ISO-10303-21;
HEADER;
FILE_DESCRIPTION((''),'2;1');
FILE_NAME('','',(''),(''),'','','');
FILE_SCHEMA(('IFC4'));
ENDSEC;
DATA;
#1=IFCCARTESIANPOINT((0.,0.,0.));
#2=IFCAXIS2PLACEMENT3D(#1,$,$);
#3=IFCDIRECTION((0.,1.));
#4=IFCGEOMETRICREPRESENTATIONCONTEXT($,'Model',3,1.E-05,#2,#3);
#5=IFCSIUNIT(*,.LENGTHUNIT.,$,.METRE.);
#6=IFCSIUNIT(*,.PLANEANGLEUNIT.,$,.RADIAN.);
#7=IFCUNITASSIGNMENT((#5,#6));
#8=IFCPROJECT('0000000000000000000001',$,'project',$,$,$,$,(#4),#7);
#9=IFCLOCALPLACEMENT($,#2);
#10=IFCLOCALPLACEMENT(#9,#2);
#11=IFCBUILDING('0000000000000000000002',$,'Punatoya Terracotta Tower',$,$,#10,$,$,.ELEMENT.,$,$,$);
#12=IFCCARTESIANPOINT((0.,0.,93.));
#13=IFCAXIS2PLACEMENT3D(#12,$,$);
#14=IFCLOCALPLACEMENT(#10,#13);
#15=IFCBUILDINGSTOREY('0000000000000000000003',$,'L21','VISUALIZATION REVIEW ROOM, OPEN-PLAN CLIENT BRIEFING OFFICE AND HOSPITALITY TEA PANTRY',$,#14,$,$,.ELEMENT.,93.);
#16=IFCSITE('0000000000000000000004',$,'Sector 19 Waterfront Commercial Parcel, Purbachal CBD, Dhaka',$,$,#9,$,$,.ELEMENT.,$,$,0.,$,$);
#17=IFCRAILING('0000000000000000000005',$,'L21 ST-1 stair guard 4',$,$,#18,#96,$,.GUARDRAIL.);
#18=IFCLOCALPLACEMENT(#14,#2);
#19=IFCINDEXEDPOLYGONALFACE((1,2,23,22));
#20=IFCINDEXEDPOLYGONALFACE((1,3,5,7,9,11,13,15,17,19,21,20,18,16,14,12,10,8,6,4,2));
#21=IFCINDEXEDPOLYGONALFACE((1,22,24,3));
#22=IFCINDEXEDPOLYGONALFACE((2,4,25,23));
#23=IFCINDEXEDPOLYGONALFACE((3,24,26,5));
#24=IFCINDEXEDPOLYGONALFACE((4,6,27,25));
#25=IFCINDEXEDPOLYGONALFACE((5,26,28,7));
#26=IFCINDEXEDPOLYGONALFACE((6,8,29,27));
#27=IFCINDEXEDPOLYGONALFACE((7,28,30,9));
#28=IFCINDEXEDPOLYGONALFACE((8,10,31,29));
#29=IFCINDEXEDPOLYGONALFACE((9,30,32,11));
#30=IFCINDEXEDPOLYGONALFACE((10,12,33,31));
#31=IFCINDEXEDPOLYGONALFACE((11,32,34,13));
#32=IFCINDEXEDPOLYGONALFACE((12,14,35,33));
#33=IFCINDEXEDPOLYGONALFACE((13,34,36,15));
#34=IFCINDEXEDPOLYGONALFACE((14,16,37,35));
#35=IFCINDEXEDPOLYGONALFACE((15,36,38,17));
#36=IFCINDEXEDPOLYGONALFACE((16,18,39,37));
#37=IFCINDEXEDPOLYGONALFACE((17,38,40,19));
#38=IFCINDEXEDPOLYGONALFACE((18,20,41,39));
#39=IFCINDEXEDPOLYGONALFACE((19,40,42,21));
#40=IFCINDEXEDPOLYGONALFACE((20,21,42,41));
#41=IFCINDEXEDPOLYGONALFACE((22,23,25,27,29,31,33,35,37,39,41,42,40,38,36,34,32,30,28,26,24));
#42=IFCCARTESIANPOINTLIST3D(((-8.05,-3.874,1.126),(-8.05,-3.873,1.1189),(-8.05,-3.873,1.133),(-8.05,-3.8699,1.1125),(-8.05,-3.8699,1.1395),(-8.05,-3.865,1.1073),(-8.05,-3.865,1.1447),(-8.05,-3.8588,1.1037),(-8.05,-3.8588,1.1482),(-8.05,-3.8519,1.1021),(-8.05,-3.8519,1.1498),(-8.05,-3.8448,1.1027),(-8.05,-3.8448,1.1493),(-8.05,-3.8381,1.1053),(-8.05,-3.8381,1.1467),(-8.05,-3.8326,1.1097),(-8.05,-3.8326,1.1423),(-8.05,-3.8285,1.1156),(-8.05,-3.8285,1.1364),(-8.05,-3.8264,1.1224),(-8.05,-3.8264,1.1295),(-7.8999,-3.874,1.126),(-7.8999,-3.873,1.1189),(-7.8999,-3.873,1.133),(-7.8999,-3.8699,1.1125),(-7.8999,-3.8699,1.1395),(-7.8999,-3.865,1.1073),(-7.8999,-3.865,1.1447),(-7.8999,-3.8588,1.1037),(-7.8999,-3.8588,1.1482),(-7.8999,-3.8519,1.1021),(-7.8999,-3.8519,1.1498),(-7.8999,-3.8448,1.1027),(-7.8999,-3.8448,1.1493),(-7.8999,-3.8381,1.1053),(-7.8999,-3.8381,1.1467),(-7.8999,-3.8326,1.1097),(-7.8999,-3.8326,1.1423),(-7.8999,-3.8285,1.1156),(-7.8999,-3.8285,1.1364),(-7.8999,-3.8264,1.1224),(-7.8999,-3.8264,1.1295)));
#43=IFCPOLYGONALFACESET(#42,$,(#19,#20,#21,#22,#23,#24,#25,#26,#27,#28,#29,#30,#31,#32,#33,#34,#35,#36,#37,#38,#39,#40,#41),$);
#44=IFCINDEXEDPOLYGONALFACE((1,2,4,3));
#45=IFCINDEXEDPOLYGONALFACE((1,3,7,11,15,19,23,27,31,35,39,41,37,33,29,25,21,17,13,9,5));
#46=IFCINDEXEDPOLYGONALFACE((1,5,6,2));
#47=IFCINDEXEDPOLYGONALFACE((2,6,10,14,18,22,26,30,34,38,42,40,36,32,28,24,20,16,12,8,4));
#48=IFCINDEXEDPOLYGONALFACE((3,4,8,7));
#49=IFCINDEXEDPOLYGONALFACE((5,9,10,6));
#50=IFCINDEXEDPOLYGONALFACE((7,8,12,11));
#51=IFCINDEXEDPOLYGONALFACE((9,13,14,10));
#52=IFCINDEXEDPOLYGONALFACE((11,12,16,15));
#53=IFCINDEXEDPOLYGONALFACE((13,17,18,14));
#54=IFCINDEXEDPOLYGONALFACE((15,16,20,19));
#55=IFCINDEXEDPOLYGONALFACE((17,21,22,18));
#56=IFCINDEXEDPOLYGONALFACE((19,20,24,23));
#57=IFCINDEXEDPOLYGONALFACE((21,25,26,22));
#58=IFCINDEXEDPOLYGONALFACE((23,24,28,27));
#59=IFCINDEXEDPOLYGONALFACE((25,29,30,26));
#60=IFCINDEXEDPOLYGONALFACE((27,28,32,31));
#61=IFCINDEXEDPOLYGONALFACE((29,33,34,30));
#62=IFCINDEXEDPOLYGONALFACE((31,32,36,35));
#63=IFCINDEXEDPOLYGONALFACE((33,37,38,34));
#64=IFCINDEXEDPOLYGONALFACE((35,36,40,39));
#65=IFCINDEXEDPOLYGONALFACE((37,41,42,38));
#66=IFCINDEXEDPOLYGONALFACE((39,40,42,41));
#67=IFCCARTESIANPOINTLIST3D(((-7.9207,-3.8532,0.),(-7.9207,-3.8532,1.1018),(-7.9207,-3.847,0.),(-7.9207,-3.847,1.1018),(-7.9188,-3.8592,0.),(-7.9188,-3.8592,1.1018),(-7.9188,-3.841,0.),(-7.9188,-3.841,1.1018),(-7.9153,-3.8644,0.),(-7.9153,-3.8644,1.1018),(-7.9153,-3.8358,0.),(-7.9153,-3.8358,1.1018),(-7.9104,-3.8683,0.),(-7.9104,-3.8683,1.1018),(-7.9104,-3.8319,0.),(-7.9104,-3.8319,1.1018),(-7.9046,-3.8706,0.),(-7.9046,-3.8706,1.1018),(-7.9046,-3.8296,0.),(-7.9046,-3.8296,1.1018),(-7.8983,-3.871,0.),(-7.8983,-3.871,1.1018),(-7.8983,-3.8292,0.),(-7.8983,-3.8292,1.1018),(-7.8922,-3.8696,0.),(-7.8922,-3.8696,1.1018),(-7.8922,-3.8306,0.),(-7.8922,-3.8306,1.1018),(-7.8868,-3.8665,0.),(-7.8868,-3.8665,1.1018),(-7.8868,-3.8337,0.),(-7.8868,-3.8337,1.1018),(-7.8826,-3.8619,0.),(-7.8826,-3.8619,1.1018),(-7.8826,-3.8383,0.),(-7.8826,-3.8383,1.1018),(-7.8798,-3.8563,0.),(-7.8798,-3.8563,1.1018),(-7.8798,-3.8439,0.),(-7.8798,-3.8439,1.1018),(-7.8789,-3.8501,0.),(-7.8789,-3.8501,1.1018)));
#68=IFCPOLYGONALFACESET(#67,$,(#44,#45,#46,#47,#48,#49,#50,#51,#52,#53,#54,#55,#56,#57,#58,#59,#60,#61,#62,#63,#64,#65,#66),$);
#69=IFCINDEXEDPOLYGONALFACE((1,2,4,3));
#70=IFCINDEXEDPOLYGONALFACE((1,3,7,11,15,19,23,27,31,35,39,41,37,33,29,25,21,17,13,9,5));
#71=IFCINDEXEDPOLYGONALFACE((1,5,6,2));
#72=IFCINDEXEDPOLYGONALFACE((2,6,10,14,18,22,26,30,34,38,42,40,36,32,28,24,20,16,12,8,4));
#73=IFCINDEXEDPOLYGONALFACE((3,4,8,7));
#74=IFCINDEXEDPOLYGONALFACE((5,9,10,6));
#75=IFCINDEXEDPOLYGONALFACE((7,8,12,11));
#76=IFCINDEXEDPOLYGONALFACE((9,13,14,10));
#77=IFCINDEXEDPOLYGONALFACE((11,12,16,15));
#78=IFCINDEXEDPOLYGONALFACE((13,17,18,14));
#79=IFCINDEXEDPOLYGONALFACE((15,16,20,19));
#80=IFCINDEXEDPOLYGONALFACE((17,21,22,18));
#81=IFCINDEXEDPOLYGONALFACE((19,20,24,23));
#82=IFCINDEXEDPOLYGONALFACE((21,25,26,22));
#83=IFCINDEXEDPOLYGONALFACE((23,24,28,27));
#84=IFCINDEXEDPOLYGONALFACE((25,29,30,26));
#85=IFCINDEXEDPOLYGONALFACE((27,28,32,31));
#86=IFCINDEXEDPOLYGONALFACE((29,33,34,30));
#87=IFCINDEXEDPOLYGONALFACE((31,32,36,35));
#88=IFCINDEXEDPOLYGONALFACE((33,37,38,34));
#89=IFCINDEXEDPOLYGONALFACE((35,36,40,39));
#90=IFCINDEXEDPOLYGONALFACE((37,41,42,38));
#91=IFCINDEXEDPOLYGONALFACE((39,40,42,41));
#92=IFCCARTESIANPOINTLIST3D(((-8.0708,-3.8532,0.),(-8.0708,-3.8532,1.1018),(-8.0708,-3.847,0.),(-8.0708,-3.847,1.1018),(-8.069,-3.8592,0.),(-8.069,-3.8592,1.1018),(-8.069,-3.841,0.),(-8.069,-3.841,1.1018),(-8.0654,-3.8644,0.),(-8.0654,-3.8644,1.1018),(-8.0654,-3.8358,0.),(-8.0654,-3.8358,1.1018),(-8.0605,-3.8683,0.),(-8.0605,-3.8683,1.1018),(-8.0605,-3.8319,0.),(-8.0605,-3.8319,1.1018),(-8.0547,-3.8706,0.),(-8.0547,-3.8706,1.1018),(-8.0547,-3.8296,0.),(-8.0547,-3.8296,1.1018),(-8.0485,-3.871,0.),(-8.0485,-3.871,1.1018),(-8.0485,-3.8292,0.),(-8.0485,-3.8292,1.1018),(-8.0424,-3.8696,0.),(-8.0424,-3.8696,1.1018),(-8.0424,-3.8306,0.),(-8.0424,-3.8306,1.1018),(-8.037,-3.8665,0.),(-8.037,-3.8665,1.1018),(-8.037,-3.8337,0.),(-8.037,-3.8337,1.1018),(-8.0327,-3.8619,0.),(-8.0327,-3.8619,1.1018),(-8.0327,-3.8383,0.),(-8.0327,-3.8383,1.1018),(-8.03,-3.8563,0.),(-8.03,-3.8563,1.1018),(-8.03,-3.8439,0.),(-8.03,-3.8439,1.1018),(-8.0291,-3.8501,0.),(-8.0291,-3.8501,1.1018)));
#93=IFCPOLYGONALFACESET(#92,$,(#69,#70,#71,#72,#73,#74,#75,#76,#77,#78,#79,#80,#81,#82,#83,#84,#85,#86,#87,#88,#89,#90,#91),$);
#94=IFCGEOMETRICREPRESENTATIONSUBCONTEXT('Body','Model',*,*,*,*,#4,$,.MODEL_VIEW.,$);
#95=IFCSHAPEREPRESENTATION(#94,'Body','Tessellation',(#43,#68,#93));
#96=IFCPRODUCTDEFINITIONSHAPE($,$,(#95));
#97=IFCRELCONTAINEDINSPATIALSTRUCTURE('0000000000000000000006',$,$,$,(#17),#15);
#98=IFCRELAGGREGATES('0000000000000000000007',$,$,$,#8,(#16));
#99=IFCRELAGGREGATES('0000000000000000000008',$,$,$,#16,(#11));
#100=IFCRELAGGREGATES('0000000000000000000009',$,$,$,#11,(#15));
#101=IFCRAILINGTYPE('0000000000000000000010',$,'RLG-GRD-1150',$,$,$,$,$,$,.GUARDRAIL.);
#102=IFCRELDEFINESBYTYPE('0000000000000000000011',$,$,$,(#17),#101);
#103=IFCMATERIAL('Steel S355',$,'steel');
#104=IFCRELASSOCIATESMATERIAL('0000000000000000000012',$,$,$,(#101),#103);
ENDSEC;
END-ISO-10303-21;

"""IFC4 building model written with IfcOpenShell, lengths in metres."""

from ifc_helpers import new_model, si_unit, direction, frame, origin, origin_2d, place, context, subcontext, project, spatial, circle, extrude, material, type_object, element, save


model = new_model("IFC4")

# Units and contexts
model_context = context("Model", 3, precision=1e-05, world=origin(), true_north=direction((0.0, 1.0)))
body_context = subcontext(model_context, "Body", "Model", "MODEL_VIEW")
ifc_project = project(units=[si_unit("LENGTHUNIT", "METRE"), si_unit("PLANEANGLEUNIT", "RADIAN")], contexts=[model_context])

# Site, building, storey
site_placement = place(None, origin())
site = spatial("IfcSite", under=ifc_project, at=site_placement, Name="Sector 19 Waterfront Commercial Parcel, Purbachal CBD, Dhaka", CompositionType="ELEMENT", RefElevation=0.0)
building_placement = place(site_placement, origin())
building = spatial("IfcBuilding", under=site, at=building_placement, Name="Punatoya Terracotta Tower", CompositionType="ELEMENT")
storey_placement = place(building_placement, frame((0.0, 0.0, 93.0)))
storey = spatial("IfcBuildingStorey", under=building, at=storey_placement, Name="L21", Description="VISUALIZATION REVIEW ROOM, OPEN-PLAN CLIENT BRIEFING OFFICE AND HOSPITALITY TEA PANTRY", CompositionType="ELEMENT", Elevation=93.0)

# Railing
ifc_material_1 = material(Name="Steel S355", Category="steel")
railing_type_1 = type_object("IfcRailingType", Name="RLG-GRD-1150", PredefinedType="GUARDRAIL", material=ifc_material_1)
railing_1_placement = place(storey_placement, frame((-7.8999, -3.8501, 0.0)))
element("IfcRailing", 1, at=railing_1_placement, inside=storey, type_object=railing_type_1, Name="L21 ST-1 stair guard 4", PredefinedType="GUARDRAIL", context=body_context, shape_type="SweptSolid", body=[
    extrude(circle(Radius=0.0239, at=origin_2d()), frame((0.0, 0.0, 1.126), z_axis=(-1.0, 0.0, 0.0), x_axis=(0.0, -1.0, 0.0)), (0.0, 0.0, 1.0), 0.1501),
    extrude(circle(Radius=0.021, at=origin_2d()), origin(), (0.0, 0.0, 1.0), 1.1018),
    extrude(circle(Radius=0.021, at=origin_2d()), frame((-0.1501, 0.0, 0.0)), (0.0, 0.0, 1.0), 1.1018),
])

save(model, "model.ifc")
